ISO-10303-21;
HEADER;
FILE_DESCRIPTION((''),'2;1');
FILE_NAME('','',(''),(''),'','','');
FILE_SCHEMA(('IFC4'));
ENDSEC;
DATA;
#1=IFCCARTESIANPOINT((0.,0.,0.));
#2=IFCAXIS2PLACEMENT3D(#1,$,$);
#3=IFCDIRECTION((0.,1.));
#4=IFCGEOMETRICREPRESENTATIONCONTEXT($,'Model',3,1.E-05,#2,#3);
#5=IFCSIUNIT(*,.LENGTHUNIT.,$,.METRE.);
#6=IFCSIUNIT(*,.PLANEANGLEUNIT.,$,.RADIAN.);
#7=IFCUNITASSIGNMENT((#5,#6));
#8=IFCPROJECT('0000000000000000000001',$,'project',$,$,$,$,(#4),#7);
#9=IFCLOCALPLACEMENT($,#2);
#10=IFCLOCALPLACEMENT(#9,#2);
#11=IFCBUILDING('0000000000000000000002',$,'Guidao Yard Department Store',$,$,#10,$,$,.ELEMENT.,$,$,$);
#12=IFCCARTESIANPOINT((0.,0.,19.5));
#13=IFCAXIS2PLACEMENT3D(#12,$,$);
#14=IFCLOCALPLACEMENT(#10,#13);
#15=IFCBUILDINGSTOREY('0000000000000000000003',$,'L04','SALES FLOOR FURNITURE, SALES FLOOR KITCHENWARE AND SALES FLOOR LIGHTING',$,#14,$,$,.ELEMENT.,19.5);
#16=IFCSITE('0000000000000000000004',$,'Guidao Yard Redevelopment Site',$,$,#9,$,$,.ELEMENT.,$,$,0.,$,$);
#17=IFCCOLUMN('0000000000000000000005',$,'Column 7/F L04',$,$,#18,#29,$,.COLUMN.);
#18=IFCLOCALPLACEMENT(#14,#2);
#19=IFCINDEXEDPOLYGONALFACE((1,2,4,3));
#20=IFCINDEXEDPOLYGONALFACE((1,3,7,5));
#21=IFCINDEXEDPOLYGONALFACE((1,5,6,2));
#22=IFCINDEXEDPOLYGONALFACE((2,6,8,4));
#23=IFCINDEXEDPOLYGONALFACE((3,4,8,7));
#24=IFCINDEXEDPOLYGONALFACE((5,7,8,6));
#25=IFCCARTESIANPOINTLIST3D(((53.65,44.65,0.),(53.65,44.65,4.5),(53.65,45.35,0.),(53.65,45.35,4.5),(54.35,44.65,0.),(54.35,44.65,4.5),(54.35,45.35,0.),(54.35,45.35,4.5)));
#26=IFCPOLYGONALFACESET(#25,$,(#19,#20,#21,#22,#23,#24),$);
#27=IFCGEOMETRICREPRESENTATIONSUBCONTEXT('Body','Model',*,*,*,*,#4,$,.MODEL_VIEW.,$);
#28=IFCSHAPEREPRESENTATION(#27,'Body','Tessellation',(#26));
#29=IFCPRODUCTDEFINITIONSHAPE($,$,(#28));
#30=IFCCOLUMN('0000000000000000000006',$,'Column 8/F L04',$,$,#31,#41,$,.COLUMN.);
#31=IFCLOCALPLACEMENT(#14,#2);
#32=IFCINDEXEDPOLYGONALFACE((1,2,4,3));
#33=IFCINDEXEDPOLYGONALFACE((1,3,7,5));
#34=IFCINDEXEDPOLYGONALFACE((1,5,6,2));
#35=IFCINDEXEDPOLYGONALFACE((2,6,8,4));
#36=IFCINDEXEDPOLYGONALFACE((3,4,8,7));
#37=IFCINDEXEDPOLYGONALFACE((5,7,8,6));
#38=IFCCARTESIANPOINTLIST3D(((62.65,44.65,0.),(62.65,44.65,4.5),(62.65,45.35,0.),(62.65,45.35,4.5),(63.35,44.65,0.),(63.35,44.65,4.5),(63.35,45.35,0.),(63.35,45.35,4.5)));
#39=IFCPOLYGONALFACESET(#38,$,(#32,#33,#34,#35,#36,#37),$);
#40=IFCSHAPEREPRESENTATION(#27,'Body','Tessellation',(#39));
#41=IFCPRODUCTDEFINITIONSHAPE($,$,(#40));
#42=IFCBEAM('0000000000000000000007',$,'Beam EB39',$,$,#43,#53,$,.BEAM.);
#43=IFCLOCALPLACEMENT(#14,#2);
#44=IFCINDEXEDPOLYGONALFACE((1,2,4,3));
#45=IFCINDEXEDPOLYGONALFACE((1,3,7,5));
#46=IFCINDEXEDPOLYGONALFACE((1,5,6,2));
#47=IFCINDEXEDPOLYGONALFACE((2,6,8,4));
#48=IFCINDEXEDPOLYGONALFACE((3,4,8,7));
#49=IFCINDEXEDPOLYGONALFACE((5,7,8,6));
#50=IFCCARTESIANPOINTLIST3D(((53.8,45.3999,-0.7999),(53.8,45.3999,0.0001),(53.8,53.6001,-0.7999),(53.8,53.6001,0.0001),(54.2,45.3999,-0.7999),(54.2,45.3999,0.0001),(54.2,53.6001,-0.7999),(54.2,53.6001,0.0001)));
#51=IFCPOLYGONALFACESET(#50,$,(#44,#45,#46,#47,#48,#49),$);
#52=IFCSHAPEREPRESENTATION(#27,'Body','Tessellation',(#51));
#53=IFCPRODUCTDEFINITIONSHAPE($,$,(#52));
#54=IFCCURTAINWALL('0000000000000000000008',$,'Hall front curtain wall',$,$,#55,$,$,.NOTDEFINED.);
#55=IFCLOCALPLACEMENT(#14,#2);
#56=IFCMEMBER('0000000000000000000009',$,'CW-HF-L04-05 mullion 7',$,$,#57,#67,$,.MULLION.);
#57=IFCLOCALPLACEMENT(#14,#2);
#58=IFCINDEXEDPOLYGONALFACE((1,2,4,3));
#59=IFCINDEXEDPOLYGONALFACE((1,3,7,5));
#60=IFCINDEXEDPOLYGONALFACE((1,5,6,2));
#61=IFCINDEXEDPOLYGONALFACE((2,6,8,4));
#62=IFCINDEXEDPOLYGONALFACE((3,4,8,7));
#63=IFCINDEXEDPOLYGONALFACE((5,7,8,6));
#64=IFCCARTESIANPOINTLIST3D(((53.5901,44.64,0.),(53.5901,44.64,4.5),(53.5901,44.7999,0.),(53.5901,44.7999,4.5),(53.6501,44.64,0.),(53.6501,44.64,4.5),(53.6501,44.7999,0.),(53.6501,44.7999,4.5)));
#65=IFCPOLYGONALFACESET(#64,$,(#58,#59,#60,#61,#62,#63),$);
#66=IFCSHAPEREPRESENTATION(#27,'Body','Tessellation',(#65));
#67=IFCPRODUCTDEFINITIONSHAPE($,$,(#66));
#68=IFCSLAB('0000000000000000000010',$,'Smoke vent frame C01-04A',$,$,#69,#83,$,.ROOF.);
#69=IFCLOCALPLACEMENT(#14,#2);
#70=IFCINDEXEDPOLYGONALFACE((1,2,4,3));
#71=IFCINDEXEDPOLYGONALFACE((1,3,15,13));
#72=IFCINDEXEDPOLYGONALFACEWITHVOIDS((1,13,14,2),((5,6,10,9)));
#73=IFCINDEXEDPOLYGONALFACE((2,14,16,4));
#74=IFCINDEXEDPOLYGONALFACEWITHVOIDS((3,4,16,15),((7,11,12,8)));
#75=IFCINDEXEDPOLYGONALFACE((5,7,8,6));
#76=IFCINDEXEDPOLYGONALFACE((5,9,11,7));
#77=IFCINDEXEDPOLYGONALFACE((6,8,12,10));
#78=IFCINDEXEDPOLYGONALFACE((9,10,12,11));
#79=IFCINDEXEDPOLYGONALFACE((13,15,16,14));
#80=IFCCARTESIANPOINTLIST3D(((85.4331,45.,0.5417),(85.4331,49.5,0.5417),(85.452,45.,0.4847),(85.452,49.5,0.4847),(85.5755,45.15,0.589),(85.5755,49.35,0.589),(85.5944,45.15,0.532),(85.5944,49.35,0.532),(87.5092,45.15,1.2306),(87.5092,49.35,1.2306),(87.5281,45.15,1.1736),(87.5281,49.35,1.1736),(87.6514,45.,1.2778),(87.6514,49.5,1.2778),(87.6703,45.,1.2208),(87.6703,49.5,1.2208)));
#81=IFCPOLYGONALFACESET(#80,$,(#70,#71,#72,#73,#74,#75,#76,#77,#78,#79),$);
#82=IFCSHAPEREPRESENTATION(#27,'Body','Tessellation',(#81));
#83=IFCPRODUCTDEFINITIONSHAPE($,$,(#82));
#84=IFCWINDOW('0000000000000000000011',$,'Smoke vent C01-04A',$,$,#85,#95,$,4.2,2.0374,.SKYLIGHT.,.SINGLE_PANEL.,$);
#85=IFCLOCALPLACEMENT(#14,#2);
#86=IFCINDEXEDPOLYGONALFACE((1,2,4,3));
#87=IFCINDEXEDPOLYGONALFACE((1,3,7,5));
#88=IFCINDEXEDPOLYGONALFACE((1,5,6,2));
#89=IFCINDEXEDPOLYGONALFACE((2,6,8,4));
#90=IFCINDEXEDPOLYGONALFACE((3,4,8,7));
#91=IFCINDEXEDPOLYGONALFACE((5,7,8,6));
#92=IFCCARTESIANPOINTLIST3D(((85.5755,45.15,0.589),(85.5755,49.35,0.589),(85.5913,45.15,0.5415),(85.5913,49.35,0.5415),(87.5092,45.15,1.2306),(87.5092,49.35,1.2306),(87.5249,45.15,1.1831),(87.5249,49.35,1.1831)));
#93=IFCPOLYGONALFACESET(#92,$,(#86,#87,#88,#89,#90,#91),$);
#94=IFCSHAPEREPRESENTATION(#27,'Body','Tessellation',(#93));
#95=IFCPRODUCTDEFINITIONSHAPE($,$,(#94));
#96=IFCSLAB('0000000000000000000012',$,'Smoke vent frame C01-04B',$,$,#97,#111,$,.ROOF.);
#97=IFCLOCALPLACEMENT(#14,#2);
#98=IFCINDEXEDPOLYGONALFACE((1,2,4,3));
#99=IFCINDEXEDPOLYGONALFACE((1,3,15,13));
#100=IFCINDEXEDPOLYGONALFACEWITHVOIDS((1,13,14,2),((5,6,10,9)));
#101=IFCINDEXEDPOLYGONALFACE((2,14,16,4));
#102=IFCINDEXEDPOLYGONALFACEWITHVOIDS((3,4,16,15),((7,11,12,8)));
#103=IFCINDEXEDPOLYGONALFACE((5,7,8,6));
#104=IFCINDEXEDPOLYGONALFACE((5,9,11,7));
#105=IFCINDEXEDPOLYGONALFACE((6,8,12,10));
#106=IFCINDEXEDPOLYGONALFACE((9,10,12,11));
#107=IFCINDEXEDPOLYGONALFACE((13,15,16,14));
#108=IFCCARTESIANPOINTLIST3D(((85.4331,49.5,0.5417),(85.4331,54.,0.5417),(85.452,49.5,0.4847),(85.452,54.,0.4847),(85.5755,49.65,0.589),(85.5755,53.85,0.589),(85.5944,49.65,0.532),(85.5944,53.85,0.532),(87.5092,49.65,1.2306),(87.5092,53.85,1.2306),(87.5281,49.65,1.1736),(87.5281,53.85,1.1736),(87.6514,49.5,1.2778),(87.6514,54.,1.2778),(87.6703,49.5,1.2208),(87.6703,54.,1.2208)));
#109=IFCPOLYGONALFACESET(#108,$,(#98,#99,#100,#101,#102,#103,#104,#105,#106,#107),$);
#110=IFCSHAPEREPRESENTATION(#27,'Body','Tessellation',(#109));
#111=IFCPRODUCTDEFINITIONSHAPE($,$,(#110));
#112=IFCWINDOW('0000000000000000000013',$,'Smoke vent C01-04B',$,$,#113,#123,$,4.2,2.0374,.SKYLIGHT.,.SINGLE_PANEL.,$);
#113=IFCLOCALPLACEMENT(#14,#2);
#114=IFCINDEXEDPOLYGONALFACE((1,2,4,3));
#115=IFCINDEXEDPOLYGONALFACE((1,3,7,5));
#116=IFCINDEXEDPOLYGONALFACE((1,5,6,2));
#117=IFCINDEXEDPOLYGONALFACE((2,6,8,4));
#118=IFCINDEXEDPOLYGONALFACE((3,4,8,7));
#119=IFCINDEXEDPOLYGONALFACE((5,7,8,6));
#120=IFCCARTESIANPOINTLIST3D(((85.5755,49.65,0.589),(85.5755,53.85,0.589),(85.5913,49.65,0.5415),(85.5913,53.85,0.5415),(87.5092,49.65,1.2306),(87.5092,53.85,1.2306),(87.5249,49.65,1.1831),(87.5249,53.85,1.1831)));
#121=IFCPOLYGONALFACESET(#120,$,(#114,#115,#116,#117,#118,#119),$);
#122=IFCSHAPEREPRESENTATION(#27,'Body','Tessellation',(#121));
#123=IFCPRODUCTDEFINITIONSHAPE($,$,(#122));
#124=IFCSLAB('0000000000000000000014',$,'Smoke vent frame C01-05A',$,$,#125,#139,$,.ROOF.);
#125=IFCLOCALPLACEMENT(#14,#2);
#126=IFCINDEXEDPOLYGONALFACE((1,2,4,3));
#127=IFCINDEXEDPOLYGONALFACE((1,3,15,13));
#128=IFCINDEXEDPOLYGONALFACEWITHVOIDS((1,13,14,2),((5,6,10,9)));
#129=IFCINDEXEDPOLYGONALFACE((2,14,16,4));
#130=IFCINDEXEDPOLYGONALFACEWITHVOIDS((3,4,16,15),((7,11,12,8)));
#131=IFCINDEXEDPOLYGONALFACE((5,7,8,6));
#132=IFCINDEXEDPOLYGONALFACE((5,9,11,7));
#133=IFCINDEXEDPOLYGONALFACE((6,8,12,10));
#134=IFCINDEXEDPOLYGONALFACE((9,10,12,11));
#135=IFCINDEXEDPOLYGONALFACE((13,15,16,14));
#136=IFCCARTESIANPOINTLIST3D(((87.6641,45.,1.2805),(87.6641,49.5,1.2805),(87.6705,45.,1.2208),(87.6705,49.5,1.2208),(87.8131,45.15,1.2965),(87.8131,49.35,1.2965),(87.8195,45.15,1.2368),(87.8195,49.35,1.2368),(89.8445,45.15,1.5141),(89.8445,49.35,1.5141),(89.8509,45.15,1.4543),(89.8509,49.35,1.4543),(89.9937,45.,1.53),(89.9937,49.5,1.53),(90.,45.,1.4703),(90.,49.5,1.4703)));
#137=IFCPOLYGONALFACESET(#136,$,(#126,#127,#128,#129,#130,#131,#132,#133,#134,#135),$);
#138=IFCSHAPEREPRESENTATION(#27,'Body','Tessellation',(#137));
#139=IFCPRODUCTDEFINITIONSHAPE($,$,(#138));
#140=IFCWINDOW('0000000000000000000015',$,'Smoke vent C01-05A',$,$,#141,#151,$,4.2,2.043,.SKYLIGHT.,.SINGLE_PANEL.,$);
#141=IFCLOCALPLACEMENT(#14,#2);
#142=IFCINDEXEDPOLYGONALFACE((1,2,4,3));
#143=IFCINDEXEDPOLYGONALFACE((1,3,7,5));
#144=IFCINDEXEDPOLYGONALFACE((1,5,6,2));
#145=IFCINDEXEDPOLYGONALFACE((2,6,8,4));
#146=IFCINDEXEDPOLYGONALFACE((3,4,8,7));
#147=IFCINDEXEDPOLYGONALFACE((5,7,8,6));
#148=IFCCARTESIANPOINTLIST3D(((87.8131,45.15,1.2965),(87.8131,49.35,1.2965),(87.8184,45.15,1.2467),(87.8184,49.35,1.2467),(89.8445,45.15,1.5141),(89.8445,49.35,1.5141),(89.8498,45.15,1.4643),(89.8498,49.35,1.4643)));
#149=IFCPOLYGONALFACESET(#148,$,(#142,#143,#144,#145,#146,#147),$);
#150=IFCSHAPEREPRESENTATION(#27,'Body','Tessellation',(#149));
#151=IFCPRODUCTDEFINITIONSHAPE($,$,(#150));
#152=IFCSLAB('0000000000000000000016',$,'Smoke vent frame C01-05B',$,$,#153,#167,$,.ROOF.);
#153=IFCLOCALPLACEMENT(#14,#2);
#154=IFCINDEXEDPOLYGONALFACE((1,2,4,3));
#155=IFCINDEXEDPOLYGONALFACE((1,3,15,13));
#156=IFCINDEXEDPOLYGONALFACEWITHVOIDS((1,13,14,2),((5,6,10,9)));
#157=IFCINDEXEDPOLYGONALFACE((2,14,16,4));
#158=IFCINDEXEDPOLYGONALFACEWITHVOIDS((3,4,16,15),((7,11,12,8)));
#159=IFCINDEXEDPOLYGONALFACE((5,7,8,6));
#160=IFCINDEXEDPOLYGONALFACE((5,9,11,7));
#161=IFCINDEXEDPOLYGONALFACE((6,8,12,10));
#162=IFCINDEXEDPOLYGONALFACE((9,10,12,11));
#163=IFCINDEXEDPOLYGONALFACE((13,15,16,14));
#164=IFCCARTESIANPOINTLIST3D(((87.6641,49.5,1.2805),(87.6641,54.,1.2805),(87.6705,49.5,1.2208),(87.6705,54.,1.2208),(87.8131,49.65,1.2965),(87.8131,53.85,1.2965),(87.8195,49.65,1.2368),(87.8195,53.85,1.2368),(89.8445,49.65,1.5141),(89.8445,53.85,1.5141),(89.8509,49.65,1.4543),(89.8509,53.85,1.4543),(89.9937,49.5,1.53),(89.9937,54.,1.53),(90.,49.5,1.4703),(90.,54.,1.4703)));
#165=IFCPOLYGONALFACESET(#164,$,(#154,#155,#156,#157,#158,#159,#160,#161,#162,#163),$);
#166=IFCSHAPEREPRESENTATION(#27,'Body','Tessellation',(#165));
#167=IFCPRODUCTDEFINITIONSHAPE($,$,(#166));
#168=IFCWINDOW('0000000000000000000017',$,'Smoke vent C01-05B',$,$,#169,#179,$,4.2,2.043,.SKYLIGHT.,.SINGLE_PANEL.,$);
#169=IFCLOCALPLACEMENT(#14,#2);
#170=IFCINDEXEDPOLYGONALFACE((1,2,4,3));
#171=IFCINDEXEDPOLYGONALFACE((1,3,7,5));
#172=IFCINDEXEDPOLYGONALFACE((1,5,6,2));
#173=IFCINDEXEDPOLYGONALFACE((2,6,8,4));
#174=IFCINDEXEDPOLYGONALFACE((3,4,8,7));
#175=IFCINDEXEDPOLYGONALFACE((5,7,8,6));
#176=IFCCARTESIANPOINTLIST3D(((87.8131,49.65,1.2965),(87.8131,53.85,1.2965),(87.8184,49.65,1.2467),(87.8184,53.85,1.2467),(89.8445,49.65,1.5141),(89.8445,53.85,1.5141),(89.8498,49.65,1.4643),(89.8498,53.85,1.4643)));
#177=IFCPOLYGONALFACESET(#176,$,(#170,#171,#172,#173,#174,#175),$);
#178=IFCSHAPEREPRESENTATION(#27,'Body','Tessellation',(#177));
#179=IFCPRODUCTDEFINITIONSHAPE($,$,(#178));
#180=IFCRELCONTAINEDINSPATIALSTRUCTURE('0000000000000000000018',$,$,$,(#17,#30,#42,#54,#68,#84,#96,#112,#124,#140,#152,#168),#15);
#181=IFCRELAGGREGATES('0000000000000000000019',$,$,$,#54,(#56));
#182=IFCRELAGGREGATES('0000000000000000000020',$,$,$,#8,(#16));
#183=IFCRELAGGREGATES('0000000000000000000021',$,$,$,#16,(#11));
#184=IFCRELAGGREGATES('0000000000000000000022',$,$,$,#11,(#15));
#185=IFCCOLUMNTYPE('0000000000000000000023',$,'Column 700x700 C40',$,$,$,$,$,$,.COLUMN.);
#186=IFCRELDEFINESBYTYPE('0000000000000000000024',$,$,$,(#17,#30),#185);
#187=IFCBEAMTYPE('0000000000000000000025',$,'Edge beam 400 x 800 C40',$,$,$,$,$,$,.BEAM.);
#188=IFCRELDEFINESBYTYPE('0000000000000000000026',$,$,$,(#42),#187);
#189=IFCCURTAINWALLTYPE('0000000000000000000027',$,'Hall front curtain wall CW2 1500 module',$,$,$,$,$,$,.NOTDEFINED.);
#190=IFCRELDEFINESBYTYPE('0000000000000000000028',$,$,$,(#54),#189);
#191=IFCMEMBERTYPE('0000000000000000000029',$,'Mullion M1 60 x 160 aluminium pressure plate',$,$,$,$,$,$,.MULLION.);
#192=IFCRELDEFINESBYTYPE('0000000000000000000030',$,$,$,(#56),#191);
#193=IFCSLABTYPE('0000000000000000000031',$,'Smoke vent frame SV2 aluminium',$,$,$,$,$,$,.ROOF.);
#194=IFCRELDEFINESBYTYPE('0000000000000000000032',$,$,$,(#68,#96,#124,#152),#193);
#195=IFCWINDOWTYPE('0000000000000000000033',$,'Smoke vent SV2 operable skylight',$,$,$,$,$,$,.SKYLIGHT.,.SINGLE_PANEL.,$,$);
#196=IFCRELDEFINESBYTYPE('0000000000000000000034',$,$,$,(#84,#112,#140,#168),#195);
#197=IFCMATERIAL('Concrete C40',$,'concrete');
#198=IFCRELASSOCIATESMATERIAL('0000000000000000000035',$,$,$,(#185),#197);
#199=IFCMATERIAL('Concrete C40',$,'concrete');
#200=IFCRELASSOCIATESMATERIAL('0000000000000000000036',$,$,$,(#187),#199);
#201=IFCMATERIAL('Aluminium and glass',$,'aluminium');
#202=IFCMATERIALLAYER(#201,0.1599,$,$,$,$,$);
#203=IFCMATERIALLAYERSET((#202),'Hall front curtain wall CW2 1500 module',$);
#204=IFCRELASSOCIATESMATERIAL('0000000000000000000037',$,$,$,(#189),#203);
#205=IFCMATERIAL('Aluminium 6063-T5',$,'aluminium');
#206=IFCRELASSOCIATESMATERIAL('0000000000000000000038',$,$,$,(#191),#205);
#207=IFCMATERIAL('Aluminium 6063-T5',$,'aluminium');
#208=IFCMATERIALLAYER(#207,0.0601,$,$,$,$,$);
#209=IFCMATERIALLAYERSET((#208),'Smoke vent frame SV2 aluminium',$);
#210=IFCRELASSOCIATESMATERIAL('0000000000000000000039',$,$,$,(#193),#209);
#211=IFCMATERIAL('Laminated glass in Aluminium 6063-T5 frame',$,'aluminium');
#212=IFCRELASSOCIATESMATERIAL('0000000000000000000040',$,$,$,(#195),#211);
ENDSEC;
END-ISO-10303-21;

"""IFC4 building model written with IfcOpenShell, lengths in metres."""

from ifc_helpers import new_model, si_unit, direction, frame, origin, origin_2d, place, context, subcontext, project, spatial, polyline, rectangle, outline, extrude, material, layer, layer_set, material_profile, profile_set, type_object, element, fill, aggregate, save


model = new_model("IFC4")

# Units and contexts
model_context = context("Model", 3, precision=1e-05, world=origin(), true_north=direction((0.0, 1.0)))
body_context = subcontext(model_context, "Body", "Model", "MODEL_VIEW")
ifc_project = project(units=[si_unit("LENGTHUNIT", "METRE"), si_unit("PLANEANGLEUNIT", "RADIAN")], contexts=[model_context])

# Site, building, storey
site_placement = place(None, origin())
site = spatial("IfcSite", under=ifc_project, at=site_placement, Name="Guidao Yard Redevelopment Site", CompositionType="ELEMENT", RefElevation=0.0)
building_placement = place(site_placement, origin())
building = spatial("IfcBuilding", under=site, at=building_placement, Name="Guidao Yard Department Store", CompositionType="ELEMENT")
storey_placement = place(building_placement, frame((0.0, 0.0, 19.5)))
storey = spatial("IfcBuildingStorey", under=building, at=storey_placement, Name="L04", Description="SALES FLOOR FURNITURE, SALES FLOOR KITCHENWARE AND SALES FLOOR LIGHTING", CompositionType="ELEMENT", Elevation=19.5)

# Columns
ifc_material_1 = material(Name="Concrete C40", Category="concrete")
ifc_material_profile_1 = material_profile(ifc_material_1, rectangle(XDim=0.7, YDim=0.7, at=origin_2d()), Name="COL 700x700")
ifc_profile_set_1 = profile_set([ifc_material_profile_1], Name="Concrete C40")
column_type = type_object("IfcColumnType", Name="Column 700x700 C40", PredefinedType="COLUMN", material=ifc_profile_set_1)
for number, where, z_axis, x_axis, name in (
    (1, (54.0, 45.0, 0.0), (0.0, 0.0, 1.0), (1.0, 0.0, 0.0), "Column 7/F L04"),
    (2, (63.0, 45.0, 0.0), (0.0, 0.0, 1.0), (1.0, 0.0, 0.0), "Column 8/F L04"),
):
    element("IfcColumn", number, at=place(storey_placement, frame(where, z_axis=z_axis, x_axis=x_axis)), inside=storey, type_object=column_type, Name=name, PredefinedType="COLUMN", context=body_context, shape_type="SweptSolid", body=[
        extrude(rectangle(XDim=0.7, YDim=0.7, at=origin_2d()), origin(), (0.0, 0.0, 1.0), 4.5),
    ])

# Beam
ifc_material_2 = material(Name="Concrete C40", Category="concrete")
ifc_material_profile_2 = material_profile(ifc_material_2, rectangle(XDim=0.3999, YDim=0.8, at=origin_2d()), Name="Edge beam 400 x 800 C40")
ifc_profile_set_2 = profile_set([ifc_material_profile_2], Name="Concrete C40")
beam_type = type_object("IfcBeamType", Name="Edge beam 400 x 800 C40", PredefinedType="BEAM", material=ifc_profile_set_2)
beam_placement = place(storey_placement, frame((54.0, 45.3999, -0.3999), z_axis=(0.0, 1.0, 0.0), x_axis=(-1.0, 0.0, 0.0)))
element("IfcBeam", 3, at=beam_placement, inside=storey, type_object=beam_type, Name="Beam EB39", PredefinedType="BEAM", context=body_context, shape_type="SweptSolid", body=[
    extrude(rectangle(XDim=0.3999, YDim=0.8, at=origin_2d()), origin(), (0.0, 0.0, 1.0), 8.2002),
])

# Curtain wall, member
ifc_material_3 = material(Name="Aluminium and glass", Category="aluminium")
ifc_layer_1 = layer(ifc_material_3, 0.1599)
ifc_layer_set_1 = layer_set([ifc_layer_1], Name="Hall front curtain wall CW2 1500 module")
curtain_wall_type = type_object("IfcCurtainWallType", Name="Hall front curtain wall CW2 1500 module", PredefinedType="NOTDEFINED", material=ifc_layer_set_1)
curtain_wall_placement = place(storey_placement, origin())
curtain_wall = element("IfcCurtainWall", 4, at=curtain_wall_placement, inside=storey, type_object=curtain_wall_type, Name="Hall front curtain wall", PredefinedType="NOTDEFINED")
ifc_material_4 = material(Name="Aluminium 6063-T5", Category="aluminium")
ifc_material_profile_3 = material_profile(ifc_material_4, rectangle(XDim=0.0601, YDim=0.1599, at=origin_2d()), Name="Mullion M1 60 x 160 aluminium pressure plate")
ifc_profile_set_3 = profile_set([ifc_material_profile_3], Name="Aluminium 6063-T5")
member_type = type_object("IfcMemberType", Name="Mullion M1 60 x 160 aluminium pressure plate", PredefinedType="MULLION", material=ifc_profile_set_3)
member_placement = place(storey_placement, frame((53.6201, 44.72, 0.0), z_axis=(0.0, 0.0, 1.0), x_axis=(-1.0, 0.0, 0.0)))
member = element("IfcMember", 5, at=member_placement, type_object=member_type, Name="CW-HF-L04-05 mullion 7", PredefinedType="MULLION", context=body_context, shape_type="SweptSolid", body=[
    extrude(rectangle(XDim=0.0601, YDim=0.1599, at=origin_2d()), origin(), (0.0, 0.0, 1.0), 4.5),
])
aggregate(curtain_wall, [member])

# Slabs, openings, windows
ifc_material_5 = material(Name="Aluminium 6063-T5", Category="aluminium")
ifc_layer_2 = layer(ifc_material_5, 0.0601)
ifc_layer_set_2 = layer_set([ifc_layer_2], Name="Smoke vent frame SV2 aluminium")
slab_type = type_object("IfcSlabType", Name="Smoke vent frame SV2 aluminium", PredefinedType="ROOF", material=ifc_layer_set_2)
slab_1_placement = place(storey_placement, frame((85.4331, 45.0, 0.5417), z_axis=(-0.314943, 0.0, 0.949111), x_axis=(0.949111, 0.0, 0.314943)))
slab_1 = element("IfcSlab", 6, at=slab_1_placement, inside=storey, type_object=slab_type, Name="Smoke vent frame C01-04A", PredefinedType="ROOF", context=body_context, shape_type="SweptSolid", body=[
    extrude(outline(polyline([(0.0, 0.0), (2.3372, 0.0), (2.3372, 4.5), (0.0, 4.5), (0.0, 0.0)])), origin(), (0.0, 0.0, -1.0), 0.0601),
])
opening_1_placement = place(slab_1_placement, frame((1.1687, 2.25, 0.0)))
opening_1 = element("IfcOpeningElement", 7, at=opening_1_placement, cuts=slab_1, PredefinedType="OPENING", context=body_context, shape_type="SweptSolid", body=[
    extrude(rectangle(XDim=2.0374, YDim=4.2, at=origin_2d()), frame((0.0, 0.0, 0.01)), (0.0, 0.0, -1.0), 0.0801),
])
ifc_material_6 = material(Name="Laminated glass in Aluminium 6063-T5 frame", Category="aluminium")
window_type_1 = type_object("IfcWindowType", Name="Smoke vent SV2 operable skylight", PartitioningType="SINGLE_PANEL", PredefinedType="SKYLIGHT", material=ifc_material_6)
window_1_placement = place(opening_1_placement, frame((0.0, 0.0, -0.05)))
window_1 = element("IfcWindow", 8, at=window_1_placement, inside=storey, type_object=window_type_1, Name="Smoke vent C01-04A", OverallHeight=4.2, OverallWidth=2.0374, PartitioningType="SINGLE_PANEL", PredefinedType="SKYLIGHT", context=body_context, shape_type="SweptSolid", body=[
    extrude(rectangle(XDim=2.0374, YDim=4.2, at=origin_2d()), origin(), (0.0, 0.0, 1.0), 0.05),
])
fill(opening_1, window_1)
slab_2_placement = place(storey_placement, frame((85.4331, 49.5, 0.5417), z_axis=(-0.314943, 0.0, 0.949111), x_axis=(0.949111, 0.0, 0.314943)))
slab_2 = element("IfcSlab", 9, at=slab_2_placement, inside=storey, type_object=slab_type, Name="Smoke vent frame C01-04B", PredefinedType="ROOF", context=body_context, shape_type="SweptSolid", body=[
    extrude(outline(polyline([(0.0, 0.0), (2.3372, 0.0), (2.3372, 4.5), (0.0, 4.5), (0.0, 0.0)])), origin(), (0.0, 0.0, -1.0), 0.0601),
])
opening_2_placement = place(slab_2_placement, frame((1.1687, 2.25, 0.0)))
opening_2 = element("IfcOpeningElement", 10, at=opening_2_placement, cuts=slab_2, PredefinedType="OPENING", context=body_context, shape_type="SweptSolid", body=[
    extrude(rectangle(XDim=2.0374, YDim=4.2, at=origin_2d()), frame((0.0, 0.0, 0.01)), (0.0, 0.0, -1.0), 0.0801),
])
window_2_placement = place(opening_2_placement, frame((0.0, 0.0, -0.05)))
window_2 = element("IfcWindow", 11, at=window_2_placement, inside=storey, type_object=window_type_1, Name="Smoke vent C01-04B", OverallHeight=4.2, OverallWidth=2.0374, PartitioningType="SINGLE_PANEL", PredefinedType="SKYLIGHT", context=body_context, shape_type="SweptSolid", body=[
    extrude(rectangle(XDim=2.0374, YDim=4.2, at=origin_2d()), origin(), (0.0, 0.0, 1.0), 0.05),
])
fill(opening_2, window_2)
slab_3_placement = place(storey_placement, frame((87.6641, 45.0, 1.2805), z_axis=(-0.106496, 0.0, 0.994313), x_axis=(0.994313, 0.0, 0.106496)))
slab_3 = element("IfcSlab", 12, at=slab_3_placement, inside=storey, type_object=slab_type, Name="Smoke vent frame C01-05A", PredefinedType="ROOF", context=body_context, shape_type="SweptSolid", body=[
    extrude(outline(polyline([(0.0, 0.0), (2.3429, 0.0), (2.3429, 4.5), (0.0, 4.5), (0.0, 0.0)])), origin(), (0.0, 0.0, -1.0), 0.0601),
])
opening_3_placement = place(slab_3_placement, frame((1.1714, 2.25, 0.0)))
opening_3 = element("IfcOpeningElement", 13, at=opening_3_placement, cuts=slab_3, PredefinedType="OPENING", context=body_context, shape_type="SweptSolid", body=[
    extrude(rectangle(XDim=2.043, YDim=4.2, at=origin_2d()), frame((0.0, 0.0, 0.01)), (0.0, 0.0, -1.0), 0.0801),
])
window_3_placement = place(opening_3_placement, frame((0.0, 0.0, -0.05)))
window_3 = element("IfcWindow", 14, at=window_3_placement, inside=storey, type_object=window_type_1, Name="Smoke vent C01-05A", OverallHeight=4.2, OverallWidth=2.043, PartitioningType="SINGLE_PANEL", PredefinedType="SKYLIGHT", context=body_context, shape_type="SweptSolid", body=[
    extrude(rectangle(XDim=2.043, YDim=4.2, at=origin_2d()), origin(), (0.0, 0.0, 1.0), 0.05),
])
fill(opening_3, window_3)
slab_4_placement = place(storey_placement, frame((87.6641, 49.5, 1.2805), z_axis=(-0.106496, 0.0, 0.994313), x_axis=(0.994313, 0.0, 0.106496)))
slab_4 = element("IfcSlab", 15, at=slab_4_placement, inside=storey, type_object=slab_type, Name="Smoke vent frame C01-05B", PredefinedType="ROOF", context=body_context, shape_type="SweptSolid", body=[
    extrude(outline(polyline([(0.0, 0.0), (2.3429, 0.0), (2.3429, 4.5), (0.0, 4.5), (0.0, 0.0)])), origin(), (0.0, 0.0, -1.0), 0.0601),
])
opening_4_placement = place(slab_4_placement, frame((1.1714, 2.25, 0.0)))
opening_4 = element("IfcOpeningElement", 16, at=opening_4_placement, cuts=slab_4, PredefinedType="OPENING", context=body_context, shape_type="SweptSolid", body=[
    extrude(rectangle(XDim=2.043, YDim=4.2, at=origin_2d()), frame((0.0, 0.0, 0.01)), (0.0, 0.0, -1.0), 0.0801),
])
window_4_placement = place(opening_4_placement, frame((0.0, 0.0, -0.05)))
window_4 = element("IfcWindow", 17, at=window_4_placement, inside=storey, type_object=window_type_1, Name="Smoke vent C01-05B", OverallHeight=4.2, OverallWidth=2.043, PartitioningType="SINGLE_PANEL", PredefinedType="SKYLIGHT", context=body_context, shape_type="SweptSolid", body=[
    extrude(rectangle(XDim=2.043, YDim=4.2, at=origin_2d()), origin(), (0.0, 0.0, 1.0), 0.05),
])
fill(opening_4, window_4)

save(model, "model.ifc")
